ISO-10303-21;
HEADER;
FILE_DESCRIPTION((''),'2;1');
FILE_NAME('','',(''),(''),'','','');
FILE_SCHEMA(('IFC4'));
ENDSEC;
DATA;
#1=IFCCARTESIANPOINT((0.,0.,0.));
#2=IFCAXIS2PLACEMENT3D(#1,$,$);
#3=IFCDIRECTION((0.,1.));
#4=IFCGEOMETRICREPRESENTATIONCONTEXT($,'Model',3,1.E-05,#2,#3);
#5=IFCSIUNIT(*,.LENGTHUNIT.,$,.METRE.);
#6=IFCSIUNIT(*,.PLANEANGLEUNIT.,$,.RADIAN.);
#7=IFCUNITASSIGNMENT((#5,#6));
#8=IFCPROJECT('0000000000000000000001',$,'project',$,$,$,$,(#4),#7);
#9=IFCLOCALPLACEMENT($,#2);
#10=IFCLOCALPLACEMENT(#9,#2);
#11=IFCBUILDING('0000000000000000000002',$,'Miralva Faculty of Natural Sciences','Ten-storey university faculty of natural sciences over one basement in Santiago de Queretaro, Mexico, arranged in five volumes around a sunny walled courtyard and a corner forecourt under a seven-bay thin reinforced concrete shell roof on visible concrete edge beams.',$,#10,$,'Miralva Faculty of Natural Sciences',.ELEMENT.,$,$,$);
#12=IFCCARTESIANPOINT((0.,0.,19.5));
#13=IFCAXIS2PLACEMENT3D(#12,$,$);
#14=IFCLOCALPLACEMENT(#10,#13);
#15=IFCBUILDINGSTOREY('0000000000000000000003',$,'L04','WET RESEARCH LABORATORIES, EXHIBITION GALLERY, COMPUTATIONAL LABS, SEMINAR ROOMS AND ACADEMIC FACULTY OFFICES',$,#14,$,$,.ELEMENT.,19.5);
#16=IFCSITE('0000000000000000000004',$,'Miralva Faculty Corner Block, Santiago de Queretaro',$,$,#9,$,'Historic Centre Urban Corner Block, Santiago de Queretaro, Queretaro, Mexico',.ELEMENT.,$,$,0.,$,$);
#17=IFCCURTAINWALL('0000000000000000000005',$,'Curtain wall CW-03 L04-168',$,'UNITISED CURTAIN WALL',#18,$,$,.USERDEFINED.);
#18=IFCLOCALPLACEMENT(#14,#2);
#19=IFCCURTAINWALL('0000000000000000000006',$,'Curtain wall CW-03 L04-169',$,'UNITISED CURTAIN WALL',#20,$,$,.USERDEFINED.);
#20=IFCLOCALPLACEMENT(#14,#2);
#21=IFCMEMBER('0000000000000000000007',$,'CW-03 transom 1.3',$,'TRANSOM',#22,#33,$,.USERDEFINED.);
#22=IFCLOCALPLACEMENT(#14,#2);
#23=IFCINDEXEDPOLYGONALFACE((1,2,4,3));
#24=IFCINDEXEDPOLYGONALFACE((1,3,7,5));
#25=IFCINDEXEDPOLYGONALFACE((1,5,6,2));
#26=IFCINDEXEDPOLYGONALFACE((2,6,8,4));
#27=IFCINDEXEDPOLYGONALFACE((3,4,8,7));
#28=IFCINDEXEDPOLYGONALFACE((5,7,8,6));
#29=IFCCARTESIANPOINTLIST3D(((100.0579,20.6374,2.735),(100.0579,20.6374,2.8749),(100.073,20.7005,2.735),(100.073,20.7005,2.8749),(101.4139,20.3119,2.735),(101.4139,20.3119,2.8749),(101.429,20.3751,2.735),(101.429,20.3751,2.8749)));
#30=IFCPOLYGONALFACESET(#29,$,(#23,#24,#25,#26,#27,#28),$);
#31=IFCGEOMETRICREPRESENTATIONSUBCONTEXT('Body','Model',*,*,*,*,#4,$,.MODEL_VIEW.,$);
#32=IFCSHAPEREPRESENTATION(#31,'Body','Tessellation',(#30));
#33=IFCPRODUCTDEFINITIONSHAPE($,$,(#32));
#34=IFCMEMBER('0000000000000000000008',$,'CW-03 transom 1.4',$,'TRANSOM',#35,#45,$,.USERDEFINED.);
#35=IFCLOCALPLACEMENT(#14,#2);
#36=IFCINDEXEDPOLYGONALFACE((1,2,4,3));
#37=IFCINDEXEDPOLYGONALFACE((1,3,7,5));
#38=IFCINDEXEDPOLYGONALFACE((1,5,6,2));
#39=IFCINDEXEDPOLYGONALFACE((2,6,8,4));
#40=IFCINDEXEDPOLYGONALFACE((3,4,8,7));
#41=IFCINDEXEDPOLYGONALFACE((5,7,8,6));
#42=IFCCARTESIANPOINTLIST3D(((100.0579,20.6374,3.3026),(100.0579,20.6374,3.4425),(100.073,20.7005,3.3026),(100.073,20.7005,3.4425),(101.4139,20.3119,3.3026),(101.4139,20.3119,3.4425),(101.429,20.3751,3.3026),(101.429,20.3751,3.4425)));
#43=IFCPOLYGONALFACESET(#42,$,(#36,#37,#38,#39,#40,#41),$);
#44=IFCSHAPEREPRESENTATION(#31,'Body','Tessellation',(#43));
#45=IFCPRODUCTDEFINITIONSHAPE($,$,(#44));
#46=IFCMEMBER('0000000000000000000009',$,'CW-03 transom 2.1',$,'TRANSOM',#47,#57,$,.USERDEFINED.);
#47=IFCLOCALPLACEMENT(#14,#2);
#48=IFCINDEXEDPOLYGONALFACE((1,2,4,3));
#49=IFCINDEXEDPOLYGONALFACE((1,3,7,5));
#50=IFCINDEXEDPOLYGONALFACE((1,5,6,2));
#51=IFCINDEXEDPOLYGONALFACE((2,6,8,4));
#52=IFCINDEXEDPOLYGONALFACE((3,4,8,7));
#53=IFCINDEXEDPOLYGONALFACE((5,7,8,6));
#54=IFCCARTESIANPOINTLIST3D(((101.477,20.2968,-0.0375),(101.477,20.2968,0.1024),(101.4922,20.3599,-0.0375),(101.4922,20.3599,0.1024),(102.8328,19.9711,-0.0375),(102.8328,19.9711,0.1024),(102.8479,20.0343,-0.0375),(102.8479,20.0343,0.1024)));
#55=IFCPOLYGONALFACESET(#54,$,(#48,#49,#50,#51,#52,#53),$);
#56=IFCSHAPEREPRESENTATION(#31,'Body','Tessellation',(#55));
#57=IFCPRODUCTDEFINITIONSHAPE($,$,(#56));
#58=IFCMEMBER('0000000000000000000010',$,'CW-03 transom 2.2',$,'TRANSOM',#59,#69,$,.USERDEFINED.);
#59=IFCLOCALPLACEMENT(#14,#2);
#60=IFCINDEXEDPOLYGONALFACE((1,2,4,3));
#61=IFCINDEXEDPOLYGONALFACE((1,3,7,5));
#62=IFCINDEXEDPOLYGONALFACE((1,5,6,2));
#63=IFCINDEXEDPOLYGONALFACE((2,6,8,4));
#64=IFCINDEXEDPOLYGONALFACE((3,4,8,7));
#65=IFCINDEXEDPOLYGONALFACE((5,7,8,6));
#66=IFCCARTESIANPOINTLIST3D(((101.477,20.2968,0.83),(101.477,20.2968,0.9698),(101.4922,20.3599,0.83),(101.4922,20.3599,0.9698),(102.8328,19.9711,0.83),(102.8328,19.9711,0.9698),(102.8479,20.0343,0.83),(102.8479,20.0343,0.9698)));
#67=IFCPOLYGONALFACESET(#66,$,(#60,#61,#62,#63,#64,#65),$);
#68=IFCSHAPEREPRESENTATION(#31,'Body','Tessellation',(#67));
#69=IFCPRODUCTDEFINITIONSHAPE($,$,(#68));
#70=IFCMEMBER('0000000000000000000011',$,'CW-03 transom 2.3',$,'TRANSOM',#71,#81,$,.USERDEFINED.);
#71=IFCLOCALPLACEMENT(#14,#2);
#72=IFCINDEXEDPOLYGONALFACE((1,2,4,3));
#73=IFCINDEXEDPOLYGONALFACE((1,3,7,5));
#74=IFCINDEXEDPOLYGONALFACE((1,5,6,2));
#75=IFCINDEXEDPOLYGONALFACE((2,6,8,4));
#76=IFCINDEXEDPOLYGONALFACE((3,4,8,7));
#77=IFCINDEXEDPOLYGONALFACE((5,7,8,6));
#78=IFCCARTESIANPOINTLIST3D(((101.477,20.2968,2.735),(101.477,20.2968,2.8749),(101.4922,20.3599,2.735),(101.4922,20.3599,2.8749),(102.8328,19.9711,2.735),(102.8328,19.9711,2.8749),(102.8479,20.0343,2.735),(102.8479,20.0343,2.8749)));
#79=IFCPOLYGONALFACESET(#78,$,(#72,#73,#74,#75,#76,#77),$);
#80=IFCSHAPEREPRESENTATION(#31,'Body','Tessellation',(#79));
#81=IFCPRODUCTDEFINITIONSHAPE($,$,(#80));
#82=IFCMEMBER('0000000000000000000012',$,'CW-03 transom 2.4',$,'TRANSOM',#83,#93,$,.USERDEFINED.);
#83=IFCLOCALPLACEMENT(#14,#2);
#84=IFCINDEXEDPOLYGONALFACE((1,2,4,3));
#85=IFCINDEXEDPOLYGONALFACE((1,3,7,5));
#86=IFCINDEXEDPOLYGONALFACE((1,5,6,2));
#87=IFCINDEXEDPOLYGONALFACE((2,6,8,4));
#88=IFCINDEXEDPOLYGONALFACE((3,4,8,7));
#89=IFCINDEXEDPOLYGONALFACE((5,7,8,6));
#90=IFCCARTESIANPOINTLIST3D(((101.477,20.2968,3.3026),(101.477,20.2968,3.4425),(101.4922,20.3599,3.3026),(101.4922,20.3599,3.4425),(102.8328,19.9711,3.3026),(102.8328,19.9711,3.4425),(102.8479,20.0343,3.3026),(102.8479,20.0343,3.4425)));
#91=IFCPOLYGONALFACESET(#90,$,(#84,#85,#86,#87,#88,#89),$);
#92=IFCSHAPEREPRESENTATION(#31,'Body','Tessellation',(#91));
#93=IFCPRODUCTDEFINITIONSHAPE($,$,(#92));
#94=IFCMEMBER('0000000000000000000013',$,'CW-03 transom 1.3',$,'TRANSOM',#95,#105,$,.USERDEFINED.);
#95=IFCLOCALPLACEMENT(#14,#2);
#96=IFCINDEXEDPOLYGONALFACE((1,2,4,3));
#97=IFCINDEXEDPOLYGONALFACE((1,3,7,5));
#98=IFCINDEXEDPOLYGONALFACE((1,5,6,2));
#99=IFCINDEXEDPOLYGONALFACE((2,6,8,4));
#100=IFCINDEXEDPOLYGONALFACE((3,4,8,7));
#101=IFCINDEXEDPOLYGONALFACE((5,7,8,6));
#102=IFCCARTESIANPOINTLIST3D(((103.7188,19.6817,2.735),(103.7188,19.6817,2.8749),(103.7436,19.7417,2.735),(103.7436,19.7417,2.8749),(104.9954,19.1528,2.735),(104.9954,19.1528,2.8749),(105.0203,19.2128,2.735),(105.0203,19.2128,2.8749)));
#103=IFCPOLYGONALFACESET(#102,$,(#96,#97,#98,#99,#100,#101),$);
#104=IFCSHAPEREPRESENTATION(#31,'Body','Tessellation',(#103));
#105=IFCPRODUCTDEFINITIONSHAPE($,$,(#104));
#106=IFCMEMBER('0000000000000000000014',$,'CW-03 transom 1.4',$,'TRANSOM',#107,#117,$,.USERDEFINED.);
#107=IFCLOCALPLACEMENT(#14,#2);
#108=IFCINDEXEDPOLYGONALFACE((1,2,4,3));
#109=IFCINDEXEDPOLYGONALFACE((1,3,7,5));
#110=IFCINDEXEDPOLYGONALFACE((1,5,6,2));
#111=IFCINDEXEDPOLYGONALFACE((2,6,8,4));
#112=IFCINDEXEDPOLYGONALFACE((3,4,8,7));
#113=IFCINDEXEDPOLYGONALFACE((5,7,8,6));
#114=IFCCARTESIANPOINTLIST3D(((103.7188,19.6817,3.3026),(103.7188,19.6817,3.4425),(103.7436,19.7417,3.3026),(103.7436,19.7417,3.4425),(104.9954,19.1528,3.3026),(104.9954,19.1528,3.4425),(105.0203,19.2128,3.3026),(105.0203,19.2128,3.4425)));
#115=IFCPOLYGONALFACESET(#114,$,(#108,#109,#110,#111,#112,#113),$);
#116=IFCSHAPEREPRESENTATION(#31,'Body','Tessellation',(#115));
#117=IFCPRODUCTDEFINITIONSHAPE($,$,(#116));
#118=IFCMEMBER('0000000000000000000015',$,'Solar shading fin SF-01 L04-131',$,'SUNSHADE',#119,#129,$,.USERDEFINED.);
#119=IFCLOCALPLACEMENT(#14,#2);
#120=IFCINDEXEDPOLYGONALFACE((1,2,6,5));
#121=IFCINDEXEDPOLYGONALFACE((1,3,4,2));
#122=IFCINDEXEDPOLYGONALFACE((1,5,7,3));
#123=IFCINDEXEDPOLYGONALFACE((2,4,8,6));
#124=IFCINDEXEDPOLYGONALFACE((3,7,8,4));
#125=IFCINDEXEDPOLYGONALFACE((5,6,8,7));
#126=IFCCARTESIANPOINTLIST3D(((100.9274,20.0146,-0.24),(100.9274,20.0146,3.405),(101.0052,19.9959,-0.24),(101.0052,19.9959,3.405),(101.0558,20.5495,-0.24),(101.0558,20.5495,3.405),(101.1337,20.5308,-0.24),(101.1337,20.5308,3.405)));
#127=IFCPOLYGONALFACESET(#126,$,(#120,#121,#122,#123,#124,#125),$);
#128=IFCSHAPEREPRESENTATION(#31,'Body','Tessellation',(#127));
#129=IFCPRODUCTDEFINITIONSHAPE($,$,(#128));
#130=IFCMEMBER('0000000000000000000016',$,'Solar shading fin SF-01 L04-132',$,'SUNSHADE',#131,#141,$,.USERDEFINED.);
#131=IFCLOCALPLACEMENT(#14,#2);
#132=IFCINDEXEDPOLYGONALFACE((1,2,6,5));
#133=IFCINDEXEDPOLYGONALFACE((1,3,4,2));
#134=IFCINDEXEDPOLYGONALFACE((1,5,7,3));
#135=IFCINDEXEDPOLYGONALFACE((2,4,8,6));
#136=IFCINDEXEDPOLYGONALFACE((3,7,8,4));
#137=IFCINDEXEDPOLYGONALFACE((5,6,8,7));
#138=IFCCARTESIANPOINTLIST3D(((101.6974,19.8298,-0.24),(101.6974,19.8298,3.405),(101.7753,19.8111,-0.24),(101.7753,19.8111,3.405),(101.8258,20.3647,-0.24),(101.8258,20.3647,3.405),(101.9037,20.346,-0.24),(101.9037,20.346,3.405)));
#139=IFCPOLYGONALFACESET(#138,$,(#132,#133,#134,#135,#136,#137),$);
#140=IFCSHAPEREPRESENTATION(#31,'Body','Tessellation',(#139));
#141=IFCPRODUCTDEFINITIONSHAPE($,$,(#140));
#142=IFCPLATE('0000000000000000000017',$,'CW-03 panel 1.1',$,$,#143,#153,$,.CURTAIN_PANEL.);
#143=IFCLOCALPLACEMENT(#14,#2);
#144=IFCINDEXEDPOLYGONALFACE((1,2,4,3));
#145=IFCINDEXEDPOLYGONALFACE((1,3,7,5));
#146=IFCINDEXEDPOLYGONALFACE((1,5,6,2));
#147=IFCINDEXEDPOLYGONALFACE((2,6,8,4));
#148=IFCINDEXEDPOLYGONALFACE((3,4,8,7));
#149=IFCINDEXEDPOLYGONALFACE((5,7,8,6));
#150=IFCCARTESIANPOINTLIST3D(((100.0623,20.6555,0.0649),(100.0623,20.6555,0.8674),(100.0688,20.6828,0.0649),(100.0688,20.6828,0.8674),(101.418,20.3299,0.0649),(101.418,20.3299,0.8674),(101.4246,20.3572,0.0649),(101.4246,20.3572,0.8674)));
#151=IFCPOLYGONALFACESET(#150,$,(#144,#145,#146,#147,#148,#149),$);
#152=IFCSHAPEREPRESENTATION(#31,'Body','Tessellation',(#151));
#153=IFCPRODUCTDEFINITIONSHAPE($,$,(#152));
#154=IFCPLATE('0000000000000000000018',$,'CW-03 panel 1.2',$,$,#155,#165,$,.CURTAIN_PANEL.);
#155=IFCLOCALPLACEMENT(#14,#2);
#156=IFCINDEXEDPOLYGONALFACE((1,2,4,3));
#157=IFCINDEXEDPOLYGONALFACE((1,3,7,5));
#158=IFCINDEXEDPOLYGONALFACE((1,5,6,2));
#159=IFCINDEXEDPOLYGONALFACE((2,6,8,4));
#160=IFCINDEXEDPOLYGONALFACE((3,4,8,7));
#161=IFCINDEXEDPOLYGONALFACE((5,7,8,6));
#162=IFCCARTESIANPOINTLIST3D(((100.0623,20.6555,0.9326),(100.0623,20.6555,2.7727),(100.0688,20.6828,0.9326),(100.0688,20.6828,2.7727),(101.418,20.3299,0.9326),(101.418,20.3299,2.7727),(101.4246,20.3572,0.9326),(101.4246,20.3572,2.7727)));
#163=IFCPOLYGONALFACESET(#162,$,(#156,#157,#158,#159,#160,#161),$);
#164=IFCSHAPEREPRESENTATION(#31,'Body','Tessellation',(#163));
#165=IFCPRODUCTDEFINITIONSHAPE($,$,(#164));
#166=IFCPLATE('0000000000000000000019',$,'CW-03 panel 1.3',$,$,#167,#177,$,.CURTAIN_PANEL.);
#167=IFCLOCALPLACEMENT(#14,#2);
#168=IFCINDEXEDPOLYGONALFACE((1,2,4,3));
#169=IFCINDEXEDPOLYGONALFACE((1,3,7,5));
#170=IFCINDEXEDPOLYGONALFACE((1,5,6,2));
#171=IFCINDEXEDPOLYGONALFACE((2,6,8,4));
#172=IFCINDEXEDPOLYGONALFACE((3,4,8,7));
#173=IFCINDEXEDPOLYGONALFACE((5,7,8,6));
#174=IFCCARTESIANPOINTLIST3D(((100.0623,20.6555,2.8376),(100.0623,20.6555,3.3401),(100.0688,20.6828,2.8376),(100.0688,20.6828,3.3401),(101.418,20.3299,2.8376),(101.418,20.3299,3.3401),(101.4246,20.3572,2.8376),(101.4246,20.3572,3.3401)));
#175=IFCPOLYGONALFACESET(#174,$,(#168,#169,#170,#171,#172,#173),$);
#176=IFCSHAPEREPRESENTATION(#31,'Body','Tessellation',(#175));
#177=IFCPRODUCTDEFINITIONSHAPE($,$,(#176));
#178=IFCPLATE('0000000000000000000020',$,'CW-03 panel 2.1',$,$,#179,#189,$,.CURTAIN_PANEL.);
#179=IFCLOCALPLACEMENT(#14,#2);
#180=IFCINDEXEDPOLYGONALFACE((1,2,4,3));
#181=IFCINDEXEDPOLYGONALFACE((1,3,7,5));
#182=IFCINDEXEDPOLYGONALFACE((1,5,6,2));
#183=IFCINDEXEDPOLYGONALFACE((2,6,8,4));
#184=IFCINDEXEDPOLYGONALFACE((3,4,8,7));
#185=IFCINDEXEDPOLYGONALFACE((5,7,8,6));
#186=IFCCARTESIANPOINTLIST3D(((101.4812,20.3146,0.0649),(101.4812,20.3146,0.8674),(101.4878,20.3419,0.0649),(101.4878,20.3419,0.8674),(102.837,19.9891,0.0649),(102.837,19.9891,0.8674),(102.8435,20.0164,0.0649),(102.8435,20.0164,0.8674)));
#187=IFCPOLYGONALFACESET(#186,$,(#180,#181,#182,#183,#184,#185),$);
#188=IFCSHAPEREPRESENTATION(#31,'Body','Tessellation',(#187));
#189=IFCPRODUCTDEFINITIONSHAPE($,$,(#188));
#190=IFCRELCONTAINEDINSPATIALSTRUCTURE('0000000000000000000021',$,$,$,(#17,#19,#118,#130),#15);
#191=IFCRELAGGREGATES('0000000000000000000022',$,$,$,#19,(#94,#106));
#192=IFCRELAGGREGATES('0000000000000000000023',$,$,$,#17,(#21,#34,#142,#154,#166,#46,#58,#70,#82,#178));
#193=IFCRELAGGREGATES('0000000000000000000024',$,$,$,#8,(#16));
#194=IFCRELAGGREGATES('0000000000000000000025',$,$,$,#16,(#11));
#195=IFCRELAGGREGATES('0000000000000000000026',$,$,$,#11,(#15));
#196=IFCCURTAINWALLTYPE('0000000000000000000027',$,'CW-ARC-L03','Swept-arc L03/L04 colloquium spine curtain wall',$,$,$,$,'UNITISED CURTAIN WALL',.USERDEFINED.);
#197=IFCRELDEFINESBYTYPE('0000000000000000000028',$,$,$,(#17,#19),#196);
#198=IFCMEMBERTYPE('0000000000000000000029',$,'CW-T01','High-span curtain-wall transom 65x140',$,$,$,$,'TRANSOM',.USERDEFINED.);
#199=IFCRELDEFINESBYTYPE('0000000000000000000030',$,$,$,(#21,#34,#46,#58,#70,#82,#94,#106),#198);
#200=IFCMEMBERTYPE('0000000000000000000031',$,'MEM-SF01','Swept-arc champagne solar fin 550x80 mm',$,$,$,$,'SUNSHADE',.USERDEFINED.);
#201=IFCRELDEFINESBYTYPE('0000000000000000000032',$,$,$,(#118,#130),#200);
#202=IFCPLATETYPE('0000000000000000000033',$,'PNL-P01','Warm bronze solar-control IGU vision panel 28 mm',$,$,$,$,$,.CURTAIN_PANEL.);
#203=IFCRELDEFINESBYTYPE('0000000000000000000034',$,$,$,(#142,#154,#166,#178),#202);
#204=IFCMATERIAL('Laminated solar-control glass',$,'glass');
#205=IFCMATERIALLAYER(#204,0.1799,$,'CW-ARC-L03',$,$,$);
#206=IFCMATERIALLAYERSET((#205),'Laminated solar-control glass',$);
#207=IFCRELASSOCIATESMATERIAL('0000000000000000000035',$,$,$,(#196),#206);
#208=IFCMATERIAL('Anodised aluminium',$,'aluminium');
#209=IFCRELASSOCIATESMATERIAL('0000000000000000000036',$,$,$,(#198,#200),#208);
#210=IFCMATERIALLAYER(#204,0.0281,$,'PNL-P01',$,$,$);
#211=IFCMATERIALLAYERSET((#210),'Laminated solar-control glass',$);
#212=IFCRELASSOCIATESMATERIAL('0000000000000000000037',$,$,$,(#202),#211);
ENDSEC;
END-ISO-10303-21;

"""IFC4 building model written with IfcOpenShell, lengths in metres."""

from ifc_helpers import new_model, si_unit, direction, frame, origin, origin_2d, place, context, subcontext, project, spatial, rectangle, extrude, material, layer, layer_set, material_profile, profile_set, type_object, element, aggregate, save


model = new_model("IFC4")

# Units and contexts
model_context = context("Model", 3, precision=1e-05, world=origin(), true_north=direction((0.0, 1.0)))
body_context = subcontext(model_context, "Body", "Model", "MODEL_VIEW")
ifc_project = project(units=[si_unit("LENGTHUNIT", "METRE"), si_unit("PLANEANGLEUNIT", "RADIAN")], contexts=[model_context])

# Site, building, storey
site_placement = place(None, origin())
site = spatial("IfcSite", under=ifc_project, at=site_placement, Name="Miralva Faculty Corner Block, Santiago de Queretaro", LongName="Historic Centre Urban Corner Block, Santiago de Queretaro, Queretaro, Mexico", CompositionType="ELEMENT", RefElevation=0.0)
building_placement = place(site_placement, origin())
building = spatial("IfcBuilding", under=site, at=building_placement, Name="Miralva Faculty of Natural Sciences", Description="Ten-storey university faculty of natural sciences over one basement in Santiago de Queretaro, Mexico, arranged in five volumes around a sunny walled courtyard and a corner forecourt under a seven-bay thin reinforced concrete shell roof on visible concrete edge beams.", LongName="Miralva Faculty of Natural Sciences", CompositionType="ELEMENT")
storey_placement = place(building_placement, frame((0.0, 0.0, 19.5)))
storey = spatial("IfcBuildingStorey", under=building, at=storey_placement, Name="L04", Description="WET RESEARCH LABORATORIES, EXHIBITION GALLERY, COMPUTATIONAL LABS, SEMINAR ROOMS AND ACADEMIC FACULTY OFFICES", CompositionType="ELEMENT", Elevation=19.5)

# Shared definitions
ifc_material_1 = material(Name="Laminated solar-control glass", Category="glass")
ifc_layer_1 = layer(ifc_material_1, 0.1799, Name="CW-ARC-L03")
ifc_layer_set_1 = layer_set([ifc_layer_1], Name="Laminated solar-control glass")
curtain_wall_type = type_object("IfcCurtainWallType", Name="CW-ARC-L03", Description="Swept-arc L03/L04 colloquium spine curtain wall", ElementType="UNITISED CURTAIN WALL", PredefinedType="USERDEFINED", material=ifc_layer_set_1)
ifc_material_2 = material(Name="Anodised aluminium", Category="aluminium")

# Curtain wall
curtain_wall_1_placement = place(storey_placement, origin())
curtain_wall_1 = element("IfcCurtainWall", 1, at=curtain_wall_1_placement, inside=storey, type_object=curtain_wall_type, Name="Curtain wall CW-03 L04-168", ObjectType="UNITISED CURTAIN WALL", PredefinedType="USERDEFINED")

# Curtain wall
curtain_wall_2_placement = place(storey_placement, origin())
curtain_wall_2 = element("IfcCurtainWall", 2, at=curtain_wall_2_placement, inside=storey, type_object=curtain_wall_type, Name="Curtain wall CW-03 L04-169", ObjectType="UNITISED CURTAIN WALL", PredefinedType="USERDEFINED")

# Members
ifc_material_profile_1 = material_profile(ifc_material_2, rectangle(XDim=0.0649, YDim=0.1399, at=origin_2d()), Name="TRANSOM 65x140")
ifc_profile_set_1 = profile_set([ifc_material_profile_1], Name="Anodised aluminium")
member_type_1 = type_object("IfcMemberType", Name="CW-T01", Description="High-span curtain-wall transom 65x140", ElementType="TRANSOM", PredefinedType="USERDEFINED", material=ifc_profile_set_1)
member_1_placement = place(storey_placement, frame((100.0654, 20.6689, 2.8049), z_axis=(0.972386, -0.23338, 0.0), x_axis=(0.23338, 0.972386, 0.0)))
member_1 = element("IfcMember", 3, at=member_1_placement, type_object=member_type_1, Name="CW-03 transom 1.3", ObjectType="TRANSOM", PredefinedType="USERDEFINED", context=body_context, shape_type="SweptSolid", body=[
    extrude(rectangle(XDim=0.0649, YDim=0.1399, at=origin_2d()), origin(), (0.0, 0.0, 1.0), 1.3945),
])
member_2_placement = place(storey_placement, frame((100.0654, 20.6689, 3.3726), z_axis=(0.972386, -0.23338, 0.0), x_axis=(0.23338, 0.972386, 0.0)))
member_2 = element("IfcMember", 4, at=member_2_placement, type_object=member_type_1, Name="CW-03 transom 1.4", ObjectType="TRANSOM", PredefinedType="USERDEFINED", context=body_context, shape_type="SweptSolid", body=[
    extrude(rectangle(XDim=0.0649, YDim=0.1399, at=origin_2d()), origin(), (0.0, 0.0, 1.0), 1.3945),
])
member_3_placement = place(storey_placement, frame((101.4846, 20.3284, 0.0325), z_axis=(0.972336, -0.233585, 0.0), x_axis=(0.233585, 0.972336, 0.0)))
member_3 = element("IfcMember", 5, at=member_3_placement, type_object=member_type_1, Name="CW-03 transom 2.1", ObjectType="TRANSOM", PredefinedType="USERDEFINED", context=body_context, shape_type="SweptSolid", body=[
    extrude(rectangle(XDim=0.0649, YDim=0.1399, at=origin_2d()), origin(), (0.0, 0.0, 1.0), 1.3943),
])
member_4_placement = place(storey_placement, frame((101.4846, 20.3284, 0.8999), z_axis=(0.972336, -0.233585, 0.0), x_axis=(0.233585, 0.972336, 0.0)))
member_4 = element("IfcMember", 6, at=member_4_placement, type_object=member_type_1, Name="CW-03 transom 2.2", ObjectType="TRANSOM", PredefinedType="USERDEFINED", context=body_context, shape_type="SweptSolid", body=[
    extrude(rectangle(XDim=0.0649, YDim=0.1399, at=origin_2d()), origin(), (0.0, 0.0, 1.0), 1.3943),
])
member_5_placement = place(storey_placement, frame((101.4846, 20.3284, 2.8049), z_axis=(0.972336, -0.233585, 0.0), x_axis=(0.233585, 0.972336, 0.0)))
member_5 = element("IfcMember", 7, at=member_5_placement, type_object=member_type_1, Name="CW-03 transom 2.3", ObjectType="TRANSOM", PredefinedType="USERDEFINED", context=body_context, shape_type="SweptSolid", body=[
    extrude(rectangle(XDim=0.0649, YDim=0.1399, at=origin_2d()), origin(), (0.0, 0.0, 1.0), 1.3943),
])
member_6_placement = place(storey_placement, frame((101.4846, 20.3284, 3.3726), z_axis=(0.972336, -0.233585, 0.0), x_axis=(0.233585, 0.972336, 0.0)))
member_6 = element("IfcMember", 8, at=member_6_placement, type_object=member_type_1, Name="CW-03 transom 2.4", ObjectType="TRANSOM", PredefinedType="USERDEFINED", context=body_context, shape_type="SweptSolid", body=[
    extrude(rectangle(XDim=0.0649, YDim=0.1399, at=origin_2d()), origin(), (0.0, 0.0, 1.0), 1.3943),
])
member_7_placement = place(storey_placement, frame((103.7312, 19.7117, 2.8049), z_axis=(0.923875, -0.382695, 0.0), x_axis=(0.382695, 0.923875, 0.0)))
member_7 = element("IfcMember", 9, at=member_7_placement, type_object=member_type_1, Name="CW-03 transom 1.3", ObjectType="TRANSOM", PredefinedType="USERDEFINED", context=body_context, shape_type="SweptSolid", body=[
    extrude(rectangle(XDim=0.0649, YDim=0.1399, at=origin_2d()), origin(), (0.0, 0.0, 1.0), 1.3818),
])
member_8_placement = place(storey_placement, frame((103.7312, 19.7117, 3.3726), z_axis=(0.923875, -0.382695, 0.0), x_axis=(0.382695, 0.923875, 0.0)))
member_8 = element("IfcMember", 10, at=member_8_placement, type_object=member_type_1, Name="CW-03 transom 1.4", ObjectType="TRANSOM", PredefinedType="USERDEFINED", context=body_context, shape_type="SweptSolid", body=[
    extrude(rectangle(XDim=0.0649, YDim=0.1399, at=origin_2d()), origin(), (0.0, 0.0, 1.0), 1.3818),
])
aggregate(curtain_wall_2, [member_7, member_8])

# Members
ifc_material_profile_2 = material_profile(ifc_material_2, rectangle(XDim=0.0801, YDim=0.55, at=origin_2d()), Name="FIN 550x80")
ifc_profile_set_2 = profile_set([ifc_material_profile_2], Name="Anodised aluminium")
member_type_2 = type_object("IfcMemberType", Name="MEM-SF01", Description="Swept-arc champagne solar fin 550x80 mm", ElementType="SUNSHADE", PredefinedType="USERDEFINED", material=ifc_profile_set_2)
for number, where, z_axis, x_axis, name in (
    (11, (101.0305, 20.2727, -0.24), (0.0, 0.0, 1.0), (0.97237, -0.233445, 0.0), "Solar shading fin SF-01 L04-131"),
    (12, (101.8005, 20.0879, -0.24), (0.0, 0.0, 1.0), (0.97237, -0.233445, 0.0), "Solar shading fin SF-01 L04-132"),
):
    element("IfcMember", number, at=place(storey_placement, frame(where, z_axis=z_axis, x_axis=x_axis)), inside=storey, type_object=member_type_2, Name=name, ObjectType="SUNSHADE", PredefinedType="USERDEFINED", context=body_context, shape_type="SweptSolid", body=[
        extrude(rectangle(XDim=0.0801, YDim=0.55, at=origin_2d()), origin(), (0.0, 0.0, 1.0), 3.645),
    ])

# Plates
ifc_layer_2 = layer(ifc_material_1, 0.0281, Name="PNL-P01")
ifc_layer_set_2 = layer_set([ifc_layer_2], Name="Laminated solar-control glass")
plate_type = type_object("IfcPlateType", Name="PNL-P01", Description="Warm bronze solar-control IGU vision panel 28 mm", PredefinedType="CURTAIN_PANEL", material=ifc_layer_set_2)
plate_1_placement = place(storey_placement, frame((100.7434, 20.5063, 0.0649), z_axis=(0.0, 0.0, 1.0), x_axis=(0.972365, -0.233464, 0.0)))
plate_1 = element("IfcPlate", 13, at=plate_1_placement, type_object=plate_type, Name="CW-03 panel 1.1", PredefinedType="CURTAIN_PANEL", context=body_context, shape_type="SweptSolid", body=[
    extrude(rectangle(XDim=1.3943, YDim=0.0281, at=origin_2d()), origin(), (0.0, 0.0, 1.0), 0.8025),
])
plate_2_placement = place(storey_placement, frame((100.7434, 20.5063, 0.9326), z_axis=(0.0, 0.0, 1.0), x_axis=(0.972365, -0.233464, 0.0)))
plate_2 = element("IfcPlate", 14, at=plate_2_placement, type_object=plate_type, Name="CW-03 panel 1.2", PredefinedType="CURTAIN_PANEL", context=body_context, shape_type="SweptSolid", body=[
    extrude(rectangle(XDim=1.3943, YDim=0.0281, at=origin_2d()), origin(), (0.0, 0.0, 1.0), 1.8401),
])
plate_3_placement = place(storey_placement, frame((100.7434, 20.5063, 2.8376), z_axis=(0.0, 0.0, 1.0), x_axis=(0.972365, -0.233464, 0.0)))
plate_3 = element("IfcPlate", 15, at=plate_3_placement, type_object=plate_type, Name="CW-03 panel 1.3", PredefinedType="CURTAIN_PANEL", context=body_context, shape_type="SweptSolid", body=[
    extrude(rectangle(XDim=1.3943, YDim=0.0281, at=origin_2d()), origin(), (0.0, 0.0, 1.0), 0.5024),
])
plate_4_placement = place(storey_placement, frame((102.1624, 20.1655, 0.0649), z_axis=(0.0, 0.0, 1.0), x_axis=(0.972365, -0.233464, 0.0)))
plate_4 = element("IfcPlate", 16, at=plate_4_placement, type_object=plate_type, Name="CW-03 panel 2.1", PredefinedType="CURTAIN_PANEL", context=body_context, shape_type="SweptSolid", body=[
    extrude(rectangle(XDim=1.3943, YDim=0.0281, at=origin_2d()), origin(), (0.0, 0.0, 1.0), 0.8025),
])
aggregate(curtain_wall_1, [member_1, member_2, plate_1, plate_2, plate_3, member_3, member_4, member_5, member_6, plate_4])

save(model, "model.ifc")
